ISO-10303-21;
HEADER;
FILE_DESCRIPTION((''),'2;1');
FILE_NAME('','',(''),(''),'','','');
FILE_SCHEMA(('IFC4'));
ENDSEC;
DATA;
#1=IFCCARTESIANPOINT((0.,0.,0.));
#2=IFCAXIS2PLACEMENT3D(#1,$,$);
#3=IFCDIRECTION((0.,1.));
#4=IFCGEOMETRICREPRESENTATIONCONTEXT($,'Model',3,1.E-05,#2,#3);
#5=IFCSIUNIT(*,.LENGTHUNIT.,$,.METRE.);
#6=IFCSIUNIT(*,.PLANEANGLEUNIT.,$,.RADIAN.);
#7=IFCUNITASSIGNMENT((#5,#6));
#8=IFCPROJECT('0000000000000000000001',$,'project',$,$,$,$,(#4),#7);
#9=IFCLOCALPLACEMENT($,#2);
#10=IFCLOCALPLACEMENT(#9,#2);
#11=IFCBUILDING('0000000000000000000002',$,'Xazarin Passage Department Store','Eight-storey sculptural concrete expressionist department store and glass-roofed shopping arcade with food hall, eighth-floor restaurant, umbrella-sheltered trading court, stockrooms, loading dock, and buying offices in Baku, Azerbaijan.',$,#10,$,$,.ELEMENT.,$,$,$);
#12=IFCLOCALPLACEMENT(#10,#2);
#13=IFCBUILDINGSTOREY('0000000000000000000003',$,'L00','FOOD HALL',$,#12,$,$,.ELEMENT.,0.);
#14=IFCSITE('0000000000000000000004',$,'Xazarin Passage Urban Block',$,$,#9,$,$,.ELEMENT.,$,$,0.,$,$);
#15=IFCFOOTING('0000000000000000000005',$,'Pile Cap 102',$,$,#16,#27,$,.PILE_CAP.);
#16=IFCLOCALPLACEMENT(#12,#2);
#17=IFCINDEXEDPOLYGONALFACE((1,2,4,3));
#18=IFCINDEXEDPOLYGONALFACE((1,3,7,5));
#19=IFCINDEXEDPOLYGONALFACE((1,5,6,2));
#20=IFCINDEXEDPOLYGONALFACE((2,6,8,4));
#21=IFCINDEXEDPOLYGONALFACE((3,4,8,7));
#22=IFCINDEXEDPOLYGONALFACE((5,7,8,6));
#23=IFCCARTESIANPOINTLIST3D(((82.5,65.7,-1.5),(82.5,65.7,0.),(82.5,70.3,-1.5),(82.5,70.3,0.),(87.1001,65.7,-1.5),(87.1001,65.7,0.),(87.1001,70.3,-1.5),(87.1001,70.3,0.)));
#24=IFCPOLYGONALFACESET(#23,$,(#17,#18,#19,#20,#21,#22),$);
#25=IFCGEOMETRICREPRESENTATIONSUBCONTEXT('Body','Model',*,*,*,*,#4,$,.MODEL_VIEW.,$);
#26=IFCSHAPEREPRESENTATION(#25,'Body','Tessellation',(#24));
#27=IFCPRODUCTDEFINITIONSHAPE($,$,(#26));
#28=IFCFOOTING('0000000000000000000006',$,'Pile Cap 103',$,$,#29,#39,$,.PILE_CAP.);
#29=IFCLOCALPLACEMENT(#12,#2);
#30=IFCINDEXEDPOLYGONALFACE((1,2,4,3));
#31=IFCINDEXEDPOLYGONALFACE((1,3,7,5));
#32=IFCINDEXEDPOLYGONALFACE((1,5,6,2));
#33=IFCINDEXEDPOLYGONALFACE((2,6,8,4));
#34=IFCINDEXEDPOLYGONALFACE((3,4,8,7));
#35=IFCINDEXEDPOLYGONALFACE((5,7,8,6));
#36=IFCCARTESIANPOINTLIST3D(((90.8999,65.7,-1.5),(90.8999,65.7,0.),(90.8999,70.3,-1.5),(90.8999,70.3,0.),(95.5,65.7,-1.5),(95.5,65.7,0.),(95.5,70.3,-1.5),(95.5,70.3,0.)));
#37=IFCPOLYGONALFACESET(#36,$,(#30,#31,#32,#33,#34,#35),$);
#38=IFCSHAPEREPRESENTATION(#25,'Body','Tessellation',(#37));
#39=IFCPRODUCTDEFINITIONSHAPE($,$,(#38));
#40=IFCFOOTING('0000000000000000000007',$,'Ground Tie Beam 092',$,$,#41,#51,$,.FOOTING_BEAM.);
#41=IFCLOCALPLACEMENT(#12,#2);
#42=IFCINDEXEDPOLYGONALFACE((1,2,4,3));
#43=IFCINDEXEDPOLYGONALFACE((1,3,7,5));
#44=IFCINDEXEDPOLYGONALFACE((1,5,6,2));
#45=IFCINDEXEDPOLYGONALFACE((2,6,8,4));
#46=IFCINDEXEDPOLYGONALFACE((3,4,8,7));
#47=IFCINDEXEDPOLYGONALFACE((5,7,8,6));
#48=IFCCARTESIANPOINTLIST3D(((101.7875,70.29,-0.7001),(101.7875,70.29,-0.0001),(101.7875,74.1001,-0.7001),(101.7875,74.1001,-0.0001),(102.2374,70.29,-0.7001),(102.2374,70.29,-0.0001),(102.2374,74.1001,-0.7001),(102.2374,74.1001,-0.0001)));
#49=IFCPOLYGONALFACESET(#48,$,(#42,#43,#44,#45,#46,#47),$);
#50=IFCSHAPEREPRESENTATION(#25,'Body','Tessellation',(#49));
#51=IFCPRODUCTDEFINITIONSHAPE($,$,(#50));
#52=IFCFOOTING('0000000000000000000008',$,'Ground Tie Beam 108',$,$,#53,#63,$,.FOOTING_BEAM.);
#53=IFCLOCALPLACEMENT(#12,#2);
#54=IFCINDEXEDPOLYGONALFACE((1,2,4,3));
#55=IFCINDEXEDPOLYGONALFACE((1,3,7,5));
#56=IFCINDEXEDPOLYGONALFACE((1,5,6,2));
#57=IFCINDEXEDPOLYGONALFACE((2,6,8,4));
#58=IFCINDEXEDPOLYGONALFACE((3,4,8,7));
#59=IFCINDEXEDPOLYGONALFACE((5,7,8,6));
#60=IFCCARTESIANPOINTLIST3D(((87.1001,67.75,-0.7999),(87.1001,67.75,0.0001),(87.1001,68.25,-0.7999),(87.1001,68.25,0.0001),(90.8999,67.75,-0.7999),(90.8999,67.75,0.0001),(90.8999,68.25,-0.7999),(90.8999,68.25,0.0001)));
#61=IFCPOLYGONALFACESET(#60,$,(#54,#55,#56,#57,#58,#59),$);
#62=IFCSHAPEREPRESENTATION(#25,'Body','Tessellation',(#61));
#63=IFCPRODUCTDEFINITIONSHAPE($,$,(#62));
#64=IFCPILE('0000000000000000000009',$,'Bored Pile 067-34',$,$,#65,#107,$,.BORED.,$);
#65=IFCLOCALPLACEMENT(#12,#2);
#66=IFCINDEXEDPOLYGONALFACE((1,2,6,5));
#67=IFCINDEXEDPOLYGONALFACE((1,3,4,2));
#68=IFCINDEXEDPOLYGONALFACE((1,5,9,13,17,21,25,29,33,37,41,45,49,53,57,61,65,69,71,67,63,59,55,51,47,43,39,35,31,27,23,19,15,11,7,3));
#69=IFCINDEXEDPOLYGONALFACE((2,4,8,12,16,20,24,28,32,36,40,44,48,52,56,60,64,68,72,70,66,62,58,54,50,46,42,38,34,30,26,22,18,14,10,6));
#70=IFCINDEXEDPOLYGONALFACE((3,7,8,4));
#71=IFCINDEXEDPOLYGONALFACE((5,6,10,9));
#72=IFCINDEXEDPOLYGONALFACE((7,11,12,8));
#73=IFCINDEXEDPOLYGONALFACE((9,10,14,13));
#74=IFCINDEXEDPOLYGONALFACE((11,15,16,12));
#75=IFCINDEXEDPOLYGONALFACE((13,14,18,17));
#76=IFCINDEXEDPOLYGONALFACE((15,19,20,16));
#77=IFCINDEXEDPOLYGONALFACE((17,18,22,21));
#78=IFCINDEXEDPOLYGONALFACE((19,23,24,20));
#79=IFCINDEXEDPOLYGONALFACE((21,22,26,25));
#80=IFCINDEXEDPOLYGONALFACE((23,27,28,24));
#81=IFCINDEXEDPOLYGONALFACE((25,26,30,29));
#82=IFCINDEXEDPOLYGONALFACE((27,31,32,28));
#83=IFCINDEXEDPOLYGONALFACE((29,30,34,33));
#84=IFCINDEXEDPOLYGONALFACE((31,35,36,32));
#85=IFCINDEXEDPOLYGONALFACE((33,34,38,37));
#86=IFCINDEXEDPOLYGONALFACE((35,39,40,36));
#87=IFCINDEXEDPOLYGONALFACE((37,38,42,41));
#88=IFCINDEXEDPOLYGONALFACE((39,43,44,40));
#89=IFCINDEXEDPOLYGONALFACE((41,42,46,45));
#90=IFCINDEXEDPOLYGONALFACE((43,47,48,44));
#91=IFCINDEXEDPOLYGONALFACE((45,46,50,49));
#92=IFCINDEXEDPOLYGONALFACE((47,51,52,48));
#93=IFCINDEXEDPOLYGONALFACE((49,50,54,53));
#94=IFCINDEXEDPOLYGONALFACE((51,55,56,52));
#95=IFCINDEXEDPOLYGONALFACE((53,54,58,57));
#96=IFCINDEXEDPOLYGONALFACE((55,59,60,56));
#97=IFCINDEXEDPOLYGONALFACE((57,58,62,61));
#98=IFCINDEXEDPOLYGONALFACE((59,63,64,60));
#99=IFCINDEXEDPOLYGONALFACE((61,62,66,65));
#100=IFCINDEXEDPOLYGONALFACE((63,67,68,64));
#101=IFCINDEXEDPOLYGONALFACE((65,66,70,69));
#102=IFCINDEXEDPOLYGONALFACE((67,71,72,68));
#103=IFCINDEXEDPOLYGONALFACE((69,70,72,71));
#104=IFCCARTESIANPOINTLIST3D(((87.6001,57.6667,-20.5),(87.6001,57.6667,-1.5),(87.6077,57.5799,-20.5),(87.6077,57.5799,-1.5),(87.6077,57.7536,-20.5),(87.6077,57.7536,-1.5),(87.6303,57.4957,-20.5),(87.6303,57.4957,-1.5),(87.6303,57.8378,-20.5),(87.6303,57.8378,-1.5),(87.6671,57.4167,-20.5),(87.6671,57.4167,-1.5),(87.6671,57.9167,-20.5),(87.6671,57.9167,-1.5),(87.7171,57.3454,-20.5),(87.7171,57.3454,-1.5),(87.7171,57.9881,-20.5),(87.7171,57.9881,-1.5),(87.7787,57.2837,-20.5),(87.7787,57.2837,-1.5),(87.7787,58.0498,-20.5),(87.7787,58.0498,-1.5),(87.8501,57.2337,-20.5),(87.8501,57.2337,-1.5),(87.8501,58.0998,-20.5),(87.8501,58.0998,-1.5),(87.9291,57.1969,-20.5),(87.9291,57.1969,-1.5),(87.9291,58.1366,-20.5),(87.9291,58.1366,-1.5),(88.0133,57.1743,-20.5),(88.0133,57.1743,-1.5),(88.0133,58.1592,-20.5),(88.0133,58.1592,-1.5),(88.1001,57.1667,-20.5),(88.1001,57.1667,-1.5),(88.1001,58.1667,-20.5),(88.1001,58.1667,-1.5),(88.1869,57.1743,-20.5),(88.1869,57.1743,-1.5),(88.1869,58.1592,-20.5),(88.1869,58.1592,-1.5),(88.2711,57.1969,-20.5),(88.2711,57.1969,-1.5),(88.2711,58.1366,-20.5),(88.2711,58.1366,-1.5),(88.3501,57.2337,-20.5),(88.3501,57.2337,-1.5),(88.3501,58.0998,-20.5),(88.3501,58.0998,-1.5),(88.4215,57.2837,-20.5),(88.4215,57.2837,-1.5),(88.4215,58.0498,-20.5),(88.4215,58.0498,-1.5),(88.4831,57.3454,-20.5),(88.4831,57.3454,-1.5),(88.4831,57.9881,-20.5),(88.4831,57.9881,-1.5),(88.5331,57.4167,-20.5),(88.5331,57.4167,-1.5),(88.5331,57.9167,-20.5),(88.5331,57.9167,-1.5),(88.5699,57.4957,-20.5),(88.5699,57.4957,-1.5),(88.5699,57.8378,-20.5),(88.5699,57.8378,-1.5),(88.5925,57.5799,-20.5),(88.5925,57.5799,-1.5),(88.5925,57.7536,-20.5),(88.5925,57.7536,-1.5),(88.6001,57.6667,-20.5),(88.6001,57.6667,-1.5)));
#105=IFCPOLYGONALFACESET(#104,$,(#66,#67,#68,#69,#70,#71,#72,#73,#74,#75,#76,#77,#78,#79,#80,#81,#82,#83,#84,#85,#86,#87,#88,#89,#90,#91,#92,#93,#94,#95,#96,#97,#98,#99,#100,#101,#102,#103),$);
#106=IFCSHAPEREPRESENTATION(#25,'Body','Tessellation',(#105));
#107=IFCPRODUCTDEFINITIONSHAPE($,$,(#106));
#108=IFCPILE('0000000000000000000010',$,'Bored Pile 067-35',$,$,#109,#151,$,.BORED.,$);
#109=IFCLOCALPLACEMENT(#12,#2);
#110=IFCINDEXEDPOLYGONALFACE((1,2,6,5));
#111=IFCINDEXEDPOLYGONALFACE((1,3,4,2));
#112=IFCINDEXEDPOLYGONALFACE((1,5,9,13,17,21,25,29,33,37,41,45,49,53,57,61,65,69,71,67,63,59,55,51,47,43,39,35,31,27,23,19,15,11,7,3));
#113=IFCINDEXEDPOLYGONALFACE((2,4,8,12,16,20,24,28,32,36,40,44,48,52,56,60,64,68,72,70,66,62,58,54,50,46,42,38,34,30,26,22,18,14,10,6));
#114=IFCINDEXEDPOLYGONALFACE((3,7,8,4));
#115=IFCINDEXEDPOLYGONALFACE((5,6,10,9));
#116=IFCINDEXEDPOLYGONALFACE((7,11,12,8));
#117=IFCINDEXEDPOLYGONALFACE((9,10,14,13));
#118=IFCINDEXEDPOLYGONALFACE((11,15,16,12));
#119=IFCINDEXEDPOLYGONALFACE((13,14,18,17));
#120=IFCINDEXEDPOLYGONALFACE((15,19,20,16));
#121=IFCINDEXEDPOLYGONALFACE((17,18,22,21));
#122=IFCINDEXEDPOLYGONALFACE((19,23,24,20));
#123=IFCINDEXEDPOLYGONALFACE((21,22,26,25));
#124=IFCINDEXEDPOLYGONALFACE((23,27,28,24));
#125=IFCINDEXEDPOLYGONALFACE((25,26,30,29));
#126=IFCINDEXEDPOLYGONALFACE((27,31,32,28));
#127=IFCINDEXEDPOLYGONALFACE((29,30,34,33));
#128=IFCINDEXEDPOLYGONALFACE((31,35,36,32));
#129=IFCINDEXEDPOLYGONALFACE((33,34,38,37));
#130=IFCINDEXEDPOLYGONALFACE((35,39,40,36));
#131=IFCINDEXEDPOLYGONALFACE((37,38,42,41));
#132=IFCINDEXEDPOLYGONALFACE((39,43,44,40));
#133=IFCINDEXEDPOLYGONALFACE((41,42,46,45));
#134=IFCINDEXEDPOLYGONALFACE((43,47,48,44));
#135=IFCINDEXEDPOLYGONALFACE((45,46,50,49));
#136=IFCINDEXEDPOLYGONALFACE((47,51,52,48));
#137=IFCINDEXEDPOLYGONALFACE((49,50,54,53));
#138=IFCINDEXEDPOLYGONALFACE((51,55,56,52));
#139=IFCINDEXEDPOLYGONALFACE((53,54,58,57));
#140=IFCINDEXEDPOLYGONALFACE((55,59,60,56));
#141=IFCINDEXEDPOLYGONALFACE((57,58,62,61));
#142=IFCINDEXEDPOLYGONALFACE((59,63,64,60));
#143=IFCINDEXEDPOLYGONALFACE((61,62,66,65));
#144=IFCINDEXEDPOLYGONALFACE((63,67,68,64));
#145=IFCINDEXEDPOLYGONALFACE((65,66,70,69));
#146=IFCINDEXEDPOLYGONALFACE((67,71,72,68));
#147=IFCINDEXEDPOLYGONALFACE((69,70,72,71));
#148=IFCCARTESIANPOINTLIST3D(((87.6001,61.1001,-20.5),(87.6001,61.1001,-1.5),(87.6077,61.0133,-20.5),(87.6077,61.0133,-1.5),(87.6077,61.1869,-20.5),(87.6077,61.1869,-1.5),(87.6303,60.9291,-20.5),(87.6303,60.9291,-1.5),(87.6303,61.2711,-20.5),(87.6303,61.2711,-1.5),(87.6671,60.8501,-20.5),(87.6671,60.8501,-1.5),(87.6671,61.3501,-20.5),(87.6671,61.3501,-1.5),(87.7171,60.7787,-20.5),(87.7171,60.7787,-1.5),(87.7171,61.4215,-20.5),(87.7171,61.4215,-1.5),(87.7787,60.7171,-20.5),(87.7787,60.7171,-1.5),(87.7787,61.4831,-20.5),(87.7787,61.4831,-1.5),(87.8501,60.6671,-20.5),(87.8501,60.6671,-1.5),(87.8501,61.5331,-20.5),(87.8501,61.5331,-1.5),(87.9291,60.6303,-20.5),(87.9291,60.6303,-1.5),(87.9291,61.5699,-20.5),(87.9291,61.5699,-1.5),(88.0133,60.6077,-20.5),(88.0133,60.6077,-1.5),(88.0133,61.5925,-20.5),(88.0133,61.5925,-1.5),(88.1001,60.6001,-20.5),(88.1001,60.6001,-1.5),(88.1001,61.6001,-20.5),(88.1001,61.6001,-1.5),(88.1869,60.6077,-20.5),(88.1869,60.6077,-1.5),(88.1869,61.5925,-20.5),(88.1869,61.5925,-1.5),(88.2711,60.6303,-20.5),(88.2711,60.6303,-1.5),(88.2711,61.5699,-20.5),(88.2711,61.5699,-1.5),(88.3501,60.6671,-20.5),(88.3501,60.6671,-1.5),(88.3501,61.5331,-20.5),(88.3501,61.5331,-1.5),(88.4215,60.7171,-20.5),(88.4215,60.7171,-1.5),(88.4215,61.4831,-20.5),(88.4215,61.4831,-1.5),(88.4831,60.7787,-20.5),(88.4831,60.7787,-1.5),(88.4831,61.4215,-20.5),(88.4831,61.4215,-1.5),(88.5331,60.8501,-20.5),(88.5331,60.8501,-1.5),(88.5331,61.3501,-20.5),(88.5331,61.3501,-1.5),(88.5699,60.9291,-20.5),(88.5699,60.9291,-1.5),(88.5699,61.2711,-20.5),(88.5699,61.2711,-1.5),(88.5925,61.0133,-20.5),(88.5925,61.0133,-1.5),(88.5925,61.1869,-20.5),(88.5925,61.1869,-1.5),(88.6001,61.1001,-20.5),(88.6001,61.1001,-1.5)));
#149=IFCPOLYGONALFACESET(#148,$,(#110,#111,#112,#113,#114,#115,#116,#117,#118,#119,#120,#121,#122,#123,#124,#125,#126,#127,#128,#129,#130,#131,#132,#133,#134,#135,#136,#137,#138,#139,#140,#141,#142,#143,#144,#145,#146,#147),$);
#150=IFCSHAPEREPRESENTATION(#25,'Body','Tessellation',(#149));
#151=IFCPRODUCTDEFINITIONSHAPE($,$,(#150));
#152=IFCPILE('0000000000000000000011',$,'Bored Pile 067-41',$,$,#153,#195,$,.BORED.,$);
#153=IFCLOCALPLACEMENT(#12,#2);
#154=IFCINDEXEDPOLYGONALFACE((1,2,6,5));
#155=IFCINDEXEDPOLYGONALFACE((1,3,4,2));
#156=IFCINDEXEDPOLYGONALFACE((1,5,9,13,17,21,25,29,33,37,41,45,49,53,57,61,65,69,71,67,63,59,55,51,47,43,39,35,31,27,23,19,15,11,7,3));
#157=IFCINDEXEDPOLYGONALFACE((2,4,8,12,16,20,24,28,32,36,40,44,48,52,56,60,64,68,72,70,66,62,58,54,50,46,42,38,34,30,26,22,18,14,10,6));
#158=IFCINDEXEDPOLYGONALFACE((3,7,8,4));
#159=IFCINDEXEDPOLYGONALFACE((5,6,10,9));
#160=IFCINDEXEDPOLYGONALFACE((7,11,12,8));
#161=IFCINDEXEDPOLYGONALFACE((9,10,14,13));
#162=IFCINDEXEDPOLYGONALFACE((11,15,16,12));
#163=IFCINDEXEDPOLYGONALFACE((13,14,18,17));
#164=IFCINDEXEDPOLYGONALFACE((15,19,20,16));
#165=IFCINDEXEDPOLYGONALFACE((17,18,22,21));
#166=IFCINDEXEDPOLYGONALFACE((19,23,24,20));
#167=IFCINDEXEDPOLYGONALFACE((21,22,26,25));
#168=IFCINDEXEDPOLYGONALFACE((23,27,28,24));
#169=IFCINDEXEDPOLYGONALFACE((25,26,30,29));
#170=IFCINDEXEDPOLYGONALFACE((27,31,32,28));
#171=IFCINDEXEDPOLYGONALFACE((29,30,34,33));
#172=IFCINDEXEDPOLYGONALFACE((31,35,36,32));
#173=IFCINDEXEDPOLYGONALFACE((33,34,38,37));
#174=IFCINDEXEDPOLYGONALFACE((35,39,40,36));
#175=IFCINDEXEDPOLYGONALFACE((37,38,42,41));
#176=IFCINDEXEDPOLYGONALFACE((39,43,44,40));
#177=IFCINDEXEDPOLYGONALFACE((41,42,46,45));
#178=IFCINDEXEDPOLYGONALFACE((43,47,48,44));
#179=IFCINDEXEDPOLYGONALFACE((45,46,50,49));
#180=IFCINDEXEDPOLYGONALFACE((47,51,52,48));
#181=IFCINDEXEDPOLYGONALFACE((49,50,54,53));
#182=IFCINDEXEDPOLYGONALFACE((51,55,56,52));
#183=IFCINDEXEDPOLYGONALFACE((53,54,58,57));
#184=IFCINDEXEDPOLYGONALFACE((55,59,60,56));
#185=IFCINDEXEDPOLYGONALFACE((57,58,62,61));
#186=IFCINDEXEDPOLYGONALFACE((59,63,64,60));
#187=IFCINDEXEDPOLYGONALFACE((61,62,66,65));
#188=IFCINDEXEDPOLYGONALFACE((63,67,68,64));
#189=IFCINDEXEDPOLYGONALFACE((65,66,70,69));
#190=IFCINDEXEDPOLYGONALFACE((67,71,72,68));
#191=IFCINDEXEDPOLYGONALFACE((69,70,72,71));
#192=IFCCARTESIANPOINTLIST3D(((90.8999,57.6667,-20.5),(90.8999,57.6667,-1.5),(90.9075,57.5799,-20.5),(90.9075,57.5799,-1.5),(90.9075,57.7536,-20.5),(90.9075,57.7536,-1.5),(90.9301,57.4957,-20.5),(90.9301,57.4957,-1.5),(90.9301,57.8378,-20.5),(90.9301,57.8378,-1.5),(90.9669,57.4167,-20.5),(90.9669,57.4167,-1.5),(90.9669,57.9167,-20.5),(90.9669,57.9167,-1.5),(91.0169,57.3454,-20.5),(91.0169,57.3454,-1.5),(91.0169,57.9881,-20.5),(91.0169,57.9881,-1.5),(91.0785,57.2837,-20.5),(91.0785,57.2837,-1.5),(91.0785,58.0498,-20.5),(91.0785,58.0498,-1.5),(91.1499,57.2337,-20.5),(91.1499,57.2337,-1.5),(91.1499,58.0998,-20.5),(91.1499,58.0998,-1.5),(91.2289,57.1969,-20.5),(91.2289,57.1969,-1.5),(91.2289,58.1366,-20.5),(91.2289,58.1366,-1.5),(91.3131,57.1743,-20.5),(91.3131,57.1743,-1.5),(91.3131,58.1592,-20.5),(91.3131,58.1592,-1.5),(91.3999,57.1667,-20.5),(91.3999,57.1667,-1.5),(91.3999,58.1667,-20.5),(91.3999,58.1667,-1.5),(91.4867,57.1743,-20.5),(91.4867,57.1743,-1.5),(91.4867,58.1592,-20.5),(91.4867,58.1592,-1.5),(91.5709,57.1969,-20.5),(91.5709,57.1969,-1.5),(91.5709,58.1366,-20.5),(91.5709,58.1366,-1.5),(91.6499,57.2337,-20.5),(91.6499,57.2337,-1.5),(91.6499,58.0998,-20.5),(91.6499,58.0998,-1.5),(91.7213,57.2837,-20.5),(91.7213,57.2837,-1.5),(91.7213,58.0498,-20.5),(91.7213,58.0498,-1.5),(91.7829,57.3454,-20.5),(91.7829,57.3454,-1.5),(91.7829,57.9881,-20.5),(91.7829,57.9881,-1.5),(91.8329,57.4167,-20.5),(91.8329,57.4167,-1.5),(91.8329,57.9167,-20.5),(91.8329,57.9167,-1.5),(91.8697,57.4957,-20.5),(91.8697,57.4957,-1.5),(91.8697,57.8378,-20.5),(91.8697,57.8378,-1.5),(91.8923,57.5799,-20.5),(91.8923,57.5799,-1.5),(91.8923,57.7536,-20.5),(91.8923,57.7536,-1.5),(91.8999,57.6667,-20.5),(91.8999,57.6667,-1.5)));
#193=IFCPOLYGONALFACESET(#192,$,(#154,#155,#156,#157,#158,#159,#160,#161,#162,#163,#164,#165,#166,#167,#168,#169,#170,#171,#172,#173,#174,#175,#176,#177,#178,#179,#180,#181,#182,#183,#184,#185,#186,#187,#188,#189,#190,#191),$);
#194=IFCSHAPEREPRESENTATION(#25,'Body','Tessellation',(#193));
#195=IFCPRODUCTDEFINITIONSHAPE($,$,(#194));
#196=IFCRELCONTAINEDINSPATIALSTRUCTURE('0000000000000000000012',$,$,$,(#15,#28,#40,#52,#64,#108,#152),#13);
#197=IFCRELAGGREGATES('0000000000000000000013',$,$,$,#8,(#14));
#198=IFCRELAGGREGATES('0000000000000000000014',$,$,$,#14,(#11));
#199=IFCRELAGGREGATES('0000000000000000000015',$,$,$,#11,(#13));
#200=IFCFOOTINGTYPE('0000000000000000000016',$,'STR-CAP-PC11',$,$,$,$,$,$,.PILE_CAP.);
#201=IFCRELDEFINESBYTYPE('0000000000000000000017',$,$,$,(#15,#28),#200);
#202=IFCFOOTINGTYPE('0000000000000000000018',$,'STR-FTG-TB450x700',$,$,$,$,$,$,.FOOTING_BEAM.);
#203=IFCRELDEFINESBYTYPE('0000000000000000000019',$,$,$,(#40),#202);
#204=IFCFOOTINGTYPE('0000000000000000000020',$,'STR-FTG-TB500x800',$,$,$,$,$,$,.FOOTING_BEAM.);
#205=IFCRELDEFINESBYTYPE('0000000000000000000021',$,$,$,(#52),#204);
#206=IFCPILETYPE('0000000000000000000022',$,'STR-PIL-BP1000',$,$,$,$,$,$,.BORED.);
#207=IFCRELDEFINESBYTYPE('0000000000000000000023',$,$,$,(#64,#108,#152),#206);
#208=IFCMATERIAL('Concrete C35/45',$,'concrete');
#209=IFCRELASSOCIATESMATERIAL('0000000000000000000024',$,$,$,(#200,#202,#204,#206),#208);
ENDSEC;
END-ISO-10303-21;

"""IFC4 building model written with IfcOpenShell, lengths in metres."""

from ifc_helpers import new_model, si_unit, direction, frame, origin, origin_2d, place, context, subcontext, project, spatial, rectangle, circle, extrude, material, material_profile, profile_set, type_object, element, save


model = new_model("IFC4")

# Units and contexts
model_context = context("Model", 3, precision=1e-05, world=origin(), true_north=direction((0.0, 1.0)))
body_context = subcontext(model_context, "Body", "Model", "MODEL_VIEW")
ifc_project = project(units=[si_unit("LENGTHUNIT", "METRE"), si_unit("PLANEANGLEUNIT", "RADIAN")], contexts=[model_context])

# Site, building, storey
site_placement = place(None, origin())
site = spatial("IfcSite", under=ifc_project, at=site_placement, Name="Xazarin Passage Urban Block", CompositionType="ELEMENT", RefElevation=0.0)
building_placement = place(site_placement, origin())
building = spatial("IfcBuilding", under=site, at=building_placement, Name="Xazarin Passage Department Store", Description="Eight-storey sculptural concrete expressionist department store and glass-roofed shopping arcade with food hall, eighth-floor restaurant, umbrella-sheltered trading court, stockrooms, loading dock, and buying offices in Baku, Azerbaijan.", CompositionType="ELEMENT")
storey_placement = place(building_placement, origin())
storey = spatial("IfcBuildingStorey", under=building, at=storey_placement, Name="L00", Description="FOOD HALL", CompositionType="ELEMENT", Elevation=0.0)

# Footings
ifc_material_1 = material(Name="Concrete C35/45", Category="concrete")
footing_type_1 = type_object("IfcFootingType", Name="STR-CAP-PC11", PredefinedType="PILE_CAP", material=ifc_material_1)
for number, where, z_axis, x_axis, name in (
    (1, (84.8, 68.0, -1.5), (0.0, 0.0, 1.0), (1.0, 0.0, 0.0), "Pile Cap 102"),
    (2, (93.2, 68.0, -1.5), (0.0, 0.0, 1.0), (1.0, 0.0, 0.0), "Pile Cap 103"),
):
    element("IfcFooting", number, at=place(storey_placement, frame(where, z_axis=z_axis, x_axis=x_axis)), inside=storey, type_object=footing_type_1, Name=name, PredefinedType="PILE_CAP", context=body_context, shape_type="SweptSolid", body=[
        extrude(rectangle(XDim=4.6001, YDim=4.6001, at=origin_2d()), origin(), (0.0, 0.0, 1.0), 1.5),
    ])
ifc_material_profile_1 = material_profile(ifc_material_1, rectangle(XDim=0.45, YDim=0.7, at=origin_2d()), Name="RC 450x700")
ifc_profile_set_1 = profile_set([ifc_material_profile_1], Name="Concrete C35/45")
footing_type_2 = type_object("IfcFootingType", Name="STR-FTG-TB450x700", PredefinedType="FOOTING_BEAM", material=ifc_profile_set_1)
footing_1_placement = place(storey_placement, frame((102.0125, 70.29, -0.3501), z_axis=(0.0, 1.0, 0.0), x_axis=(-1.0, 0.0, 0.0)))
element("IfcFooting", 3, at=footing_1_placement, inside=storey, type_object=footing_type_2, Name="Ground Tie Beam 092", PredefinedType="FOOTING_BEAM", context=body_context, shape_type="SweptSolid", body=[
    extrude(rectangle(XDim=0.45, YDim=0.7, at=origin_2d()), origin(), (0.0, 0.0, 1.0), 3.8101),
])
ifc_material_profile_2 = material_profile(ifc_material_1, rectangle(XDim=0.5, YDim=0.8, at=origin_2d()), Name="RC 500x800")
ifc_profile_set_2 = profile_set([ifc_material_profile_2], Name="Concrete C35/45")
footing_type_3 = type_object("IfcFootingType", Name="STR-FTG-TB500x800", PredefinedType="FOOTING_BEAM", material=ifc_profile_set_2)
footing_2_placement = place(storey_placement, frame((87.1001, 68.0, -0.3999), z_axis=(1.0, 0.0, 0.0), x_axis=(0.0, 1.0, 0.0)))
element("IfcFooting", 4, at=footing_2_placement, inside=storey, type_object=footing_type_3, Name="Ground Tie Beam 108", PredefinedType="FOOTING_BEAM", context=body_context, shape_type="SweptSolid", body=[
    extrude(rectangle(XDim=0.5, YDim=0.8, at=origin_2d()), origin(), (0.0, 0.0, 1.0), 3.7998),
])

# Piles
ifc_material_profile_3 = material_profile(ifc_material_1, circle(Radius=0.5, at=origin_2d()), Name="BP 1000")
ifc_profile_set_3 = profile_set([ifc_material_profile_3], Name="Concrete C35/45")
pile_type_1 = type_object("IfcPileType", Name="STR-PIL-BP1000", PredefinedType="BORED", material=ifc_profile_set_3)
for number, where, z_axis, x_axis, name in (
    (5, (88.1001, 57.6667, -1.5), (0.0, 0.0, -1.0), (1.0, 0.0, 0.0), "Bored Pile 067-34"),
    (6, (88.1001, 61.1001, -1.5), (0.0, 0.0, -1.0), (1.0, 0.0, 0.0), "Bored Pile 067-35"),
    (7, (91.3999, 57.6667, -1.5), (0.0, 0.0, -1.0), (1.0, 0.0, 0.0), "Bored Pile 067-41"),
):
    element("IfcPile", number, at=place(storey_placement, frame(where, z_axis=z_axis, x_axis=x_axis)), inside=storey, type_object=pile_type_1, Name=name, PredefinedType="BORED", context=body_context, shape_type="SweptSolid", body=[
        extrude(circle(Radius=0.5, at=origin_2d()), origin(), (0.0, 0.0, 1.0), 19.0),
    ])

save(model, "model.ifc")
